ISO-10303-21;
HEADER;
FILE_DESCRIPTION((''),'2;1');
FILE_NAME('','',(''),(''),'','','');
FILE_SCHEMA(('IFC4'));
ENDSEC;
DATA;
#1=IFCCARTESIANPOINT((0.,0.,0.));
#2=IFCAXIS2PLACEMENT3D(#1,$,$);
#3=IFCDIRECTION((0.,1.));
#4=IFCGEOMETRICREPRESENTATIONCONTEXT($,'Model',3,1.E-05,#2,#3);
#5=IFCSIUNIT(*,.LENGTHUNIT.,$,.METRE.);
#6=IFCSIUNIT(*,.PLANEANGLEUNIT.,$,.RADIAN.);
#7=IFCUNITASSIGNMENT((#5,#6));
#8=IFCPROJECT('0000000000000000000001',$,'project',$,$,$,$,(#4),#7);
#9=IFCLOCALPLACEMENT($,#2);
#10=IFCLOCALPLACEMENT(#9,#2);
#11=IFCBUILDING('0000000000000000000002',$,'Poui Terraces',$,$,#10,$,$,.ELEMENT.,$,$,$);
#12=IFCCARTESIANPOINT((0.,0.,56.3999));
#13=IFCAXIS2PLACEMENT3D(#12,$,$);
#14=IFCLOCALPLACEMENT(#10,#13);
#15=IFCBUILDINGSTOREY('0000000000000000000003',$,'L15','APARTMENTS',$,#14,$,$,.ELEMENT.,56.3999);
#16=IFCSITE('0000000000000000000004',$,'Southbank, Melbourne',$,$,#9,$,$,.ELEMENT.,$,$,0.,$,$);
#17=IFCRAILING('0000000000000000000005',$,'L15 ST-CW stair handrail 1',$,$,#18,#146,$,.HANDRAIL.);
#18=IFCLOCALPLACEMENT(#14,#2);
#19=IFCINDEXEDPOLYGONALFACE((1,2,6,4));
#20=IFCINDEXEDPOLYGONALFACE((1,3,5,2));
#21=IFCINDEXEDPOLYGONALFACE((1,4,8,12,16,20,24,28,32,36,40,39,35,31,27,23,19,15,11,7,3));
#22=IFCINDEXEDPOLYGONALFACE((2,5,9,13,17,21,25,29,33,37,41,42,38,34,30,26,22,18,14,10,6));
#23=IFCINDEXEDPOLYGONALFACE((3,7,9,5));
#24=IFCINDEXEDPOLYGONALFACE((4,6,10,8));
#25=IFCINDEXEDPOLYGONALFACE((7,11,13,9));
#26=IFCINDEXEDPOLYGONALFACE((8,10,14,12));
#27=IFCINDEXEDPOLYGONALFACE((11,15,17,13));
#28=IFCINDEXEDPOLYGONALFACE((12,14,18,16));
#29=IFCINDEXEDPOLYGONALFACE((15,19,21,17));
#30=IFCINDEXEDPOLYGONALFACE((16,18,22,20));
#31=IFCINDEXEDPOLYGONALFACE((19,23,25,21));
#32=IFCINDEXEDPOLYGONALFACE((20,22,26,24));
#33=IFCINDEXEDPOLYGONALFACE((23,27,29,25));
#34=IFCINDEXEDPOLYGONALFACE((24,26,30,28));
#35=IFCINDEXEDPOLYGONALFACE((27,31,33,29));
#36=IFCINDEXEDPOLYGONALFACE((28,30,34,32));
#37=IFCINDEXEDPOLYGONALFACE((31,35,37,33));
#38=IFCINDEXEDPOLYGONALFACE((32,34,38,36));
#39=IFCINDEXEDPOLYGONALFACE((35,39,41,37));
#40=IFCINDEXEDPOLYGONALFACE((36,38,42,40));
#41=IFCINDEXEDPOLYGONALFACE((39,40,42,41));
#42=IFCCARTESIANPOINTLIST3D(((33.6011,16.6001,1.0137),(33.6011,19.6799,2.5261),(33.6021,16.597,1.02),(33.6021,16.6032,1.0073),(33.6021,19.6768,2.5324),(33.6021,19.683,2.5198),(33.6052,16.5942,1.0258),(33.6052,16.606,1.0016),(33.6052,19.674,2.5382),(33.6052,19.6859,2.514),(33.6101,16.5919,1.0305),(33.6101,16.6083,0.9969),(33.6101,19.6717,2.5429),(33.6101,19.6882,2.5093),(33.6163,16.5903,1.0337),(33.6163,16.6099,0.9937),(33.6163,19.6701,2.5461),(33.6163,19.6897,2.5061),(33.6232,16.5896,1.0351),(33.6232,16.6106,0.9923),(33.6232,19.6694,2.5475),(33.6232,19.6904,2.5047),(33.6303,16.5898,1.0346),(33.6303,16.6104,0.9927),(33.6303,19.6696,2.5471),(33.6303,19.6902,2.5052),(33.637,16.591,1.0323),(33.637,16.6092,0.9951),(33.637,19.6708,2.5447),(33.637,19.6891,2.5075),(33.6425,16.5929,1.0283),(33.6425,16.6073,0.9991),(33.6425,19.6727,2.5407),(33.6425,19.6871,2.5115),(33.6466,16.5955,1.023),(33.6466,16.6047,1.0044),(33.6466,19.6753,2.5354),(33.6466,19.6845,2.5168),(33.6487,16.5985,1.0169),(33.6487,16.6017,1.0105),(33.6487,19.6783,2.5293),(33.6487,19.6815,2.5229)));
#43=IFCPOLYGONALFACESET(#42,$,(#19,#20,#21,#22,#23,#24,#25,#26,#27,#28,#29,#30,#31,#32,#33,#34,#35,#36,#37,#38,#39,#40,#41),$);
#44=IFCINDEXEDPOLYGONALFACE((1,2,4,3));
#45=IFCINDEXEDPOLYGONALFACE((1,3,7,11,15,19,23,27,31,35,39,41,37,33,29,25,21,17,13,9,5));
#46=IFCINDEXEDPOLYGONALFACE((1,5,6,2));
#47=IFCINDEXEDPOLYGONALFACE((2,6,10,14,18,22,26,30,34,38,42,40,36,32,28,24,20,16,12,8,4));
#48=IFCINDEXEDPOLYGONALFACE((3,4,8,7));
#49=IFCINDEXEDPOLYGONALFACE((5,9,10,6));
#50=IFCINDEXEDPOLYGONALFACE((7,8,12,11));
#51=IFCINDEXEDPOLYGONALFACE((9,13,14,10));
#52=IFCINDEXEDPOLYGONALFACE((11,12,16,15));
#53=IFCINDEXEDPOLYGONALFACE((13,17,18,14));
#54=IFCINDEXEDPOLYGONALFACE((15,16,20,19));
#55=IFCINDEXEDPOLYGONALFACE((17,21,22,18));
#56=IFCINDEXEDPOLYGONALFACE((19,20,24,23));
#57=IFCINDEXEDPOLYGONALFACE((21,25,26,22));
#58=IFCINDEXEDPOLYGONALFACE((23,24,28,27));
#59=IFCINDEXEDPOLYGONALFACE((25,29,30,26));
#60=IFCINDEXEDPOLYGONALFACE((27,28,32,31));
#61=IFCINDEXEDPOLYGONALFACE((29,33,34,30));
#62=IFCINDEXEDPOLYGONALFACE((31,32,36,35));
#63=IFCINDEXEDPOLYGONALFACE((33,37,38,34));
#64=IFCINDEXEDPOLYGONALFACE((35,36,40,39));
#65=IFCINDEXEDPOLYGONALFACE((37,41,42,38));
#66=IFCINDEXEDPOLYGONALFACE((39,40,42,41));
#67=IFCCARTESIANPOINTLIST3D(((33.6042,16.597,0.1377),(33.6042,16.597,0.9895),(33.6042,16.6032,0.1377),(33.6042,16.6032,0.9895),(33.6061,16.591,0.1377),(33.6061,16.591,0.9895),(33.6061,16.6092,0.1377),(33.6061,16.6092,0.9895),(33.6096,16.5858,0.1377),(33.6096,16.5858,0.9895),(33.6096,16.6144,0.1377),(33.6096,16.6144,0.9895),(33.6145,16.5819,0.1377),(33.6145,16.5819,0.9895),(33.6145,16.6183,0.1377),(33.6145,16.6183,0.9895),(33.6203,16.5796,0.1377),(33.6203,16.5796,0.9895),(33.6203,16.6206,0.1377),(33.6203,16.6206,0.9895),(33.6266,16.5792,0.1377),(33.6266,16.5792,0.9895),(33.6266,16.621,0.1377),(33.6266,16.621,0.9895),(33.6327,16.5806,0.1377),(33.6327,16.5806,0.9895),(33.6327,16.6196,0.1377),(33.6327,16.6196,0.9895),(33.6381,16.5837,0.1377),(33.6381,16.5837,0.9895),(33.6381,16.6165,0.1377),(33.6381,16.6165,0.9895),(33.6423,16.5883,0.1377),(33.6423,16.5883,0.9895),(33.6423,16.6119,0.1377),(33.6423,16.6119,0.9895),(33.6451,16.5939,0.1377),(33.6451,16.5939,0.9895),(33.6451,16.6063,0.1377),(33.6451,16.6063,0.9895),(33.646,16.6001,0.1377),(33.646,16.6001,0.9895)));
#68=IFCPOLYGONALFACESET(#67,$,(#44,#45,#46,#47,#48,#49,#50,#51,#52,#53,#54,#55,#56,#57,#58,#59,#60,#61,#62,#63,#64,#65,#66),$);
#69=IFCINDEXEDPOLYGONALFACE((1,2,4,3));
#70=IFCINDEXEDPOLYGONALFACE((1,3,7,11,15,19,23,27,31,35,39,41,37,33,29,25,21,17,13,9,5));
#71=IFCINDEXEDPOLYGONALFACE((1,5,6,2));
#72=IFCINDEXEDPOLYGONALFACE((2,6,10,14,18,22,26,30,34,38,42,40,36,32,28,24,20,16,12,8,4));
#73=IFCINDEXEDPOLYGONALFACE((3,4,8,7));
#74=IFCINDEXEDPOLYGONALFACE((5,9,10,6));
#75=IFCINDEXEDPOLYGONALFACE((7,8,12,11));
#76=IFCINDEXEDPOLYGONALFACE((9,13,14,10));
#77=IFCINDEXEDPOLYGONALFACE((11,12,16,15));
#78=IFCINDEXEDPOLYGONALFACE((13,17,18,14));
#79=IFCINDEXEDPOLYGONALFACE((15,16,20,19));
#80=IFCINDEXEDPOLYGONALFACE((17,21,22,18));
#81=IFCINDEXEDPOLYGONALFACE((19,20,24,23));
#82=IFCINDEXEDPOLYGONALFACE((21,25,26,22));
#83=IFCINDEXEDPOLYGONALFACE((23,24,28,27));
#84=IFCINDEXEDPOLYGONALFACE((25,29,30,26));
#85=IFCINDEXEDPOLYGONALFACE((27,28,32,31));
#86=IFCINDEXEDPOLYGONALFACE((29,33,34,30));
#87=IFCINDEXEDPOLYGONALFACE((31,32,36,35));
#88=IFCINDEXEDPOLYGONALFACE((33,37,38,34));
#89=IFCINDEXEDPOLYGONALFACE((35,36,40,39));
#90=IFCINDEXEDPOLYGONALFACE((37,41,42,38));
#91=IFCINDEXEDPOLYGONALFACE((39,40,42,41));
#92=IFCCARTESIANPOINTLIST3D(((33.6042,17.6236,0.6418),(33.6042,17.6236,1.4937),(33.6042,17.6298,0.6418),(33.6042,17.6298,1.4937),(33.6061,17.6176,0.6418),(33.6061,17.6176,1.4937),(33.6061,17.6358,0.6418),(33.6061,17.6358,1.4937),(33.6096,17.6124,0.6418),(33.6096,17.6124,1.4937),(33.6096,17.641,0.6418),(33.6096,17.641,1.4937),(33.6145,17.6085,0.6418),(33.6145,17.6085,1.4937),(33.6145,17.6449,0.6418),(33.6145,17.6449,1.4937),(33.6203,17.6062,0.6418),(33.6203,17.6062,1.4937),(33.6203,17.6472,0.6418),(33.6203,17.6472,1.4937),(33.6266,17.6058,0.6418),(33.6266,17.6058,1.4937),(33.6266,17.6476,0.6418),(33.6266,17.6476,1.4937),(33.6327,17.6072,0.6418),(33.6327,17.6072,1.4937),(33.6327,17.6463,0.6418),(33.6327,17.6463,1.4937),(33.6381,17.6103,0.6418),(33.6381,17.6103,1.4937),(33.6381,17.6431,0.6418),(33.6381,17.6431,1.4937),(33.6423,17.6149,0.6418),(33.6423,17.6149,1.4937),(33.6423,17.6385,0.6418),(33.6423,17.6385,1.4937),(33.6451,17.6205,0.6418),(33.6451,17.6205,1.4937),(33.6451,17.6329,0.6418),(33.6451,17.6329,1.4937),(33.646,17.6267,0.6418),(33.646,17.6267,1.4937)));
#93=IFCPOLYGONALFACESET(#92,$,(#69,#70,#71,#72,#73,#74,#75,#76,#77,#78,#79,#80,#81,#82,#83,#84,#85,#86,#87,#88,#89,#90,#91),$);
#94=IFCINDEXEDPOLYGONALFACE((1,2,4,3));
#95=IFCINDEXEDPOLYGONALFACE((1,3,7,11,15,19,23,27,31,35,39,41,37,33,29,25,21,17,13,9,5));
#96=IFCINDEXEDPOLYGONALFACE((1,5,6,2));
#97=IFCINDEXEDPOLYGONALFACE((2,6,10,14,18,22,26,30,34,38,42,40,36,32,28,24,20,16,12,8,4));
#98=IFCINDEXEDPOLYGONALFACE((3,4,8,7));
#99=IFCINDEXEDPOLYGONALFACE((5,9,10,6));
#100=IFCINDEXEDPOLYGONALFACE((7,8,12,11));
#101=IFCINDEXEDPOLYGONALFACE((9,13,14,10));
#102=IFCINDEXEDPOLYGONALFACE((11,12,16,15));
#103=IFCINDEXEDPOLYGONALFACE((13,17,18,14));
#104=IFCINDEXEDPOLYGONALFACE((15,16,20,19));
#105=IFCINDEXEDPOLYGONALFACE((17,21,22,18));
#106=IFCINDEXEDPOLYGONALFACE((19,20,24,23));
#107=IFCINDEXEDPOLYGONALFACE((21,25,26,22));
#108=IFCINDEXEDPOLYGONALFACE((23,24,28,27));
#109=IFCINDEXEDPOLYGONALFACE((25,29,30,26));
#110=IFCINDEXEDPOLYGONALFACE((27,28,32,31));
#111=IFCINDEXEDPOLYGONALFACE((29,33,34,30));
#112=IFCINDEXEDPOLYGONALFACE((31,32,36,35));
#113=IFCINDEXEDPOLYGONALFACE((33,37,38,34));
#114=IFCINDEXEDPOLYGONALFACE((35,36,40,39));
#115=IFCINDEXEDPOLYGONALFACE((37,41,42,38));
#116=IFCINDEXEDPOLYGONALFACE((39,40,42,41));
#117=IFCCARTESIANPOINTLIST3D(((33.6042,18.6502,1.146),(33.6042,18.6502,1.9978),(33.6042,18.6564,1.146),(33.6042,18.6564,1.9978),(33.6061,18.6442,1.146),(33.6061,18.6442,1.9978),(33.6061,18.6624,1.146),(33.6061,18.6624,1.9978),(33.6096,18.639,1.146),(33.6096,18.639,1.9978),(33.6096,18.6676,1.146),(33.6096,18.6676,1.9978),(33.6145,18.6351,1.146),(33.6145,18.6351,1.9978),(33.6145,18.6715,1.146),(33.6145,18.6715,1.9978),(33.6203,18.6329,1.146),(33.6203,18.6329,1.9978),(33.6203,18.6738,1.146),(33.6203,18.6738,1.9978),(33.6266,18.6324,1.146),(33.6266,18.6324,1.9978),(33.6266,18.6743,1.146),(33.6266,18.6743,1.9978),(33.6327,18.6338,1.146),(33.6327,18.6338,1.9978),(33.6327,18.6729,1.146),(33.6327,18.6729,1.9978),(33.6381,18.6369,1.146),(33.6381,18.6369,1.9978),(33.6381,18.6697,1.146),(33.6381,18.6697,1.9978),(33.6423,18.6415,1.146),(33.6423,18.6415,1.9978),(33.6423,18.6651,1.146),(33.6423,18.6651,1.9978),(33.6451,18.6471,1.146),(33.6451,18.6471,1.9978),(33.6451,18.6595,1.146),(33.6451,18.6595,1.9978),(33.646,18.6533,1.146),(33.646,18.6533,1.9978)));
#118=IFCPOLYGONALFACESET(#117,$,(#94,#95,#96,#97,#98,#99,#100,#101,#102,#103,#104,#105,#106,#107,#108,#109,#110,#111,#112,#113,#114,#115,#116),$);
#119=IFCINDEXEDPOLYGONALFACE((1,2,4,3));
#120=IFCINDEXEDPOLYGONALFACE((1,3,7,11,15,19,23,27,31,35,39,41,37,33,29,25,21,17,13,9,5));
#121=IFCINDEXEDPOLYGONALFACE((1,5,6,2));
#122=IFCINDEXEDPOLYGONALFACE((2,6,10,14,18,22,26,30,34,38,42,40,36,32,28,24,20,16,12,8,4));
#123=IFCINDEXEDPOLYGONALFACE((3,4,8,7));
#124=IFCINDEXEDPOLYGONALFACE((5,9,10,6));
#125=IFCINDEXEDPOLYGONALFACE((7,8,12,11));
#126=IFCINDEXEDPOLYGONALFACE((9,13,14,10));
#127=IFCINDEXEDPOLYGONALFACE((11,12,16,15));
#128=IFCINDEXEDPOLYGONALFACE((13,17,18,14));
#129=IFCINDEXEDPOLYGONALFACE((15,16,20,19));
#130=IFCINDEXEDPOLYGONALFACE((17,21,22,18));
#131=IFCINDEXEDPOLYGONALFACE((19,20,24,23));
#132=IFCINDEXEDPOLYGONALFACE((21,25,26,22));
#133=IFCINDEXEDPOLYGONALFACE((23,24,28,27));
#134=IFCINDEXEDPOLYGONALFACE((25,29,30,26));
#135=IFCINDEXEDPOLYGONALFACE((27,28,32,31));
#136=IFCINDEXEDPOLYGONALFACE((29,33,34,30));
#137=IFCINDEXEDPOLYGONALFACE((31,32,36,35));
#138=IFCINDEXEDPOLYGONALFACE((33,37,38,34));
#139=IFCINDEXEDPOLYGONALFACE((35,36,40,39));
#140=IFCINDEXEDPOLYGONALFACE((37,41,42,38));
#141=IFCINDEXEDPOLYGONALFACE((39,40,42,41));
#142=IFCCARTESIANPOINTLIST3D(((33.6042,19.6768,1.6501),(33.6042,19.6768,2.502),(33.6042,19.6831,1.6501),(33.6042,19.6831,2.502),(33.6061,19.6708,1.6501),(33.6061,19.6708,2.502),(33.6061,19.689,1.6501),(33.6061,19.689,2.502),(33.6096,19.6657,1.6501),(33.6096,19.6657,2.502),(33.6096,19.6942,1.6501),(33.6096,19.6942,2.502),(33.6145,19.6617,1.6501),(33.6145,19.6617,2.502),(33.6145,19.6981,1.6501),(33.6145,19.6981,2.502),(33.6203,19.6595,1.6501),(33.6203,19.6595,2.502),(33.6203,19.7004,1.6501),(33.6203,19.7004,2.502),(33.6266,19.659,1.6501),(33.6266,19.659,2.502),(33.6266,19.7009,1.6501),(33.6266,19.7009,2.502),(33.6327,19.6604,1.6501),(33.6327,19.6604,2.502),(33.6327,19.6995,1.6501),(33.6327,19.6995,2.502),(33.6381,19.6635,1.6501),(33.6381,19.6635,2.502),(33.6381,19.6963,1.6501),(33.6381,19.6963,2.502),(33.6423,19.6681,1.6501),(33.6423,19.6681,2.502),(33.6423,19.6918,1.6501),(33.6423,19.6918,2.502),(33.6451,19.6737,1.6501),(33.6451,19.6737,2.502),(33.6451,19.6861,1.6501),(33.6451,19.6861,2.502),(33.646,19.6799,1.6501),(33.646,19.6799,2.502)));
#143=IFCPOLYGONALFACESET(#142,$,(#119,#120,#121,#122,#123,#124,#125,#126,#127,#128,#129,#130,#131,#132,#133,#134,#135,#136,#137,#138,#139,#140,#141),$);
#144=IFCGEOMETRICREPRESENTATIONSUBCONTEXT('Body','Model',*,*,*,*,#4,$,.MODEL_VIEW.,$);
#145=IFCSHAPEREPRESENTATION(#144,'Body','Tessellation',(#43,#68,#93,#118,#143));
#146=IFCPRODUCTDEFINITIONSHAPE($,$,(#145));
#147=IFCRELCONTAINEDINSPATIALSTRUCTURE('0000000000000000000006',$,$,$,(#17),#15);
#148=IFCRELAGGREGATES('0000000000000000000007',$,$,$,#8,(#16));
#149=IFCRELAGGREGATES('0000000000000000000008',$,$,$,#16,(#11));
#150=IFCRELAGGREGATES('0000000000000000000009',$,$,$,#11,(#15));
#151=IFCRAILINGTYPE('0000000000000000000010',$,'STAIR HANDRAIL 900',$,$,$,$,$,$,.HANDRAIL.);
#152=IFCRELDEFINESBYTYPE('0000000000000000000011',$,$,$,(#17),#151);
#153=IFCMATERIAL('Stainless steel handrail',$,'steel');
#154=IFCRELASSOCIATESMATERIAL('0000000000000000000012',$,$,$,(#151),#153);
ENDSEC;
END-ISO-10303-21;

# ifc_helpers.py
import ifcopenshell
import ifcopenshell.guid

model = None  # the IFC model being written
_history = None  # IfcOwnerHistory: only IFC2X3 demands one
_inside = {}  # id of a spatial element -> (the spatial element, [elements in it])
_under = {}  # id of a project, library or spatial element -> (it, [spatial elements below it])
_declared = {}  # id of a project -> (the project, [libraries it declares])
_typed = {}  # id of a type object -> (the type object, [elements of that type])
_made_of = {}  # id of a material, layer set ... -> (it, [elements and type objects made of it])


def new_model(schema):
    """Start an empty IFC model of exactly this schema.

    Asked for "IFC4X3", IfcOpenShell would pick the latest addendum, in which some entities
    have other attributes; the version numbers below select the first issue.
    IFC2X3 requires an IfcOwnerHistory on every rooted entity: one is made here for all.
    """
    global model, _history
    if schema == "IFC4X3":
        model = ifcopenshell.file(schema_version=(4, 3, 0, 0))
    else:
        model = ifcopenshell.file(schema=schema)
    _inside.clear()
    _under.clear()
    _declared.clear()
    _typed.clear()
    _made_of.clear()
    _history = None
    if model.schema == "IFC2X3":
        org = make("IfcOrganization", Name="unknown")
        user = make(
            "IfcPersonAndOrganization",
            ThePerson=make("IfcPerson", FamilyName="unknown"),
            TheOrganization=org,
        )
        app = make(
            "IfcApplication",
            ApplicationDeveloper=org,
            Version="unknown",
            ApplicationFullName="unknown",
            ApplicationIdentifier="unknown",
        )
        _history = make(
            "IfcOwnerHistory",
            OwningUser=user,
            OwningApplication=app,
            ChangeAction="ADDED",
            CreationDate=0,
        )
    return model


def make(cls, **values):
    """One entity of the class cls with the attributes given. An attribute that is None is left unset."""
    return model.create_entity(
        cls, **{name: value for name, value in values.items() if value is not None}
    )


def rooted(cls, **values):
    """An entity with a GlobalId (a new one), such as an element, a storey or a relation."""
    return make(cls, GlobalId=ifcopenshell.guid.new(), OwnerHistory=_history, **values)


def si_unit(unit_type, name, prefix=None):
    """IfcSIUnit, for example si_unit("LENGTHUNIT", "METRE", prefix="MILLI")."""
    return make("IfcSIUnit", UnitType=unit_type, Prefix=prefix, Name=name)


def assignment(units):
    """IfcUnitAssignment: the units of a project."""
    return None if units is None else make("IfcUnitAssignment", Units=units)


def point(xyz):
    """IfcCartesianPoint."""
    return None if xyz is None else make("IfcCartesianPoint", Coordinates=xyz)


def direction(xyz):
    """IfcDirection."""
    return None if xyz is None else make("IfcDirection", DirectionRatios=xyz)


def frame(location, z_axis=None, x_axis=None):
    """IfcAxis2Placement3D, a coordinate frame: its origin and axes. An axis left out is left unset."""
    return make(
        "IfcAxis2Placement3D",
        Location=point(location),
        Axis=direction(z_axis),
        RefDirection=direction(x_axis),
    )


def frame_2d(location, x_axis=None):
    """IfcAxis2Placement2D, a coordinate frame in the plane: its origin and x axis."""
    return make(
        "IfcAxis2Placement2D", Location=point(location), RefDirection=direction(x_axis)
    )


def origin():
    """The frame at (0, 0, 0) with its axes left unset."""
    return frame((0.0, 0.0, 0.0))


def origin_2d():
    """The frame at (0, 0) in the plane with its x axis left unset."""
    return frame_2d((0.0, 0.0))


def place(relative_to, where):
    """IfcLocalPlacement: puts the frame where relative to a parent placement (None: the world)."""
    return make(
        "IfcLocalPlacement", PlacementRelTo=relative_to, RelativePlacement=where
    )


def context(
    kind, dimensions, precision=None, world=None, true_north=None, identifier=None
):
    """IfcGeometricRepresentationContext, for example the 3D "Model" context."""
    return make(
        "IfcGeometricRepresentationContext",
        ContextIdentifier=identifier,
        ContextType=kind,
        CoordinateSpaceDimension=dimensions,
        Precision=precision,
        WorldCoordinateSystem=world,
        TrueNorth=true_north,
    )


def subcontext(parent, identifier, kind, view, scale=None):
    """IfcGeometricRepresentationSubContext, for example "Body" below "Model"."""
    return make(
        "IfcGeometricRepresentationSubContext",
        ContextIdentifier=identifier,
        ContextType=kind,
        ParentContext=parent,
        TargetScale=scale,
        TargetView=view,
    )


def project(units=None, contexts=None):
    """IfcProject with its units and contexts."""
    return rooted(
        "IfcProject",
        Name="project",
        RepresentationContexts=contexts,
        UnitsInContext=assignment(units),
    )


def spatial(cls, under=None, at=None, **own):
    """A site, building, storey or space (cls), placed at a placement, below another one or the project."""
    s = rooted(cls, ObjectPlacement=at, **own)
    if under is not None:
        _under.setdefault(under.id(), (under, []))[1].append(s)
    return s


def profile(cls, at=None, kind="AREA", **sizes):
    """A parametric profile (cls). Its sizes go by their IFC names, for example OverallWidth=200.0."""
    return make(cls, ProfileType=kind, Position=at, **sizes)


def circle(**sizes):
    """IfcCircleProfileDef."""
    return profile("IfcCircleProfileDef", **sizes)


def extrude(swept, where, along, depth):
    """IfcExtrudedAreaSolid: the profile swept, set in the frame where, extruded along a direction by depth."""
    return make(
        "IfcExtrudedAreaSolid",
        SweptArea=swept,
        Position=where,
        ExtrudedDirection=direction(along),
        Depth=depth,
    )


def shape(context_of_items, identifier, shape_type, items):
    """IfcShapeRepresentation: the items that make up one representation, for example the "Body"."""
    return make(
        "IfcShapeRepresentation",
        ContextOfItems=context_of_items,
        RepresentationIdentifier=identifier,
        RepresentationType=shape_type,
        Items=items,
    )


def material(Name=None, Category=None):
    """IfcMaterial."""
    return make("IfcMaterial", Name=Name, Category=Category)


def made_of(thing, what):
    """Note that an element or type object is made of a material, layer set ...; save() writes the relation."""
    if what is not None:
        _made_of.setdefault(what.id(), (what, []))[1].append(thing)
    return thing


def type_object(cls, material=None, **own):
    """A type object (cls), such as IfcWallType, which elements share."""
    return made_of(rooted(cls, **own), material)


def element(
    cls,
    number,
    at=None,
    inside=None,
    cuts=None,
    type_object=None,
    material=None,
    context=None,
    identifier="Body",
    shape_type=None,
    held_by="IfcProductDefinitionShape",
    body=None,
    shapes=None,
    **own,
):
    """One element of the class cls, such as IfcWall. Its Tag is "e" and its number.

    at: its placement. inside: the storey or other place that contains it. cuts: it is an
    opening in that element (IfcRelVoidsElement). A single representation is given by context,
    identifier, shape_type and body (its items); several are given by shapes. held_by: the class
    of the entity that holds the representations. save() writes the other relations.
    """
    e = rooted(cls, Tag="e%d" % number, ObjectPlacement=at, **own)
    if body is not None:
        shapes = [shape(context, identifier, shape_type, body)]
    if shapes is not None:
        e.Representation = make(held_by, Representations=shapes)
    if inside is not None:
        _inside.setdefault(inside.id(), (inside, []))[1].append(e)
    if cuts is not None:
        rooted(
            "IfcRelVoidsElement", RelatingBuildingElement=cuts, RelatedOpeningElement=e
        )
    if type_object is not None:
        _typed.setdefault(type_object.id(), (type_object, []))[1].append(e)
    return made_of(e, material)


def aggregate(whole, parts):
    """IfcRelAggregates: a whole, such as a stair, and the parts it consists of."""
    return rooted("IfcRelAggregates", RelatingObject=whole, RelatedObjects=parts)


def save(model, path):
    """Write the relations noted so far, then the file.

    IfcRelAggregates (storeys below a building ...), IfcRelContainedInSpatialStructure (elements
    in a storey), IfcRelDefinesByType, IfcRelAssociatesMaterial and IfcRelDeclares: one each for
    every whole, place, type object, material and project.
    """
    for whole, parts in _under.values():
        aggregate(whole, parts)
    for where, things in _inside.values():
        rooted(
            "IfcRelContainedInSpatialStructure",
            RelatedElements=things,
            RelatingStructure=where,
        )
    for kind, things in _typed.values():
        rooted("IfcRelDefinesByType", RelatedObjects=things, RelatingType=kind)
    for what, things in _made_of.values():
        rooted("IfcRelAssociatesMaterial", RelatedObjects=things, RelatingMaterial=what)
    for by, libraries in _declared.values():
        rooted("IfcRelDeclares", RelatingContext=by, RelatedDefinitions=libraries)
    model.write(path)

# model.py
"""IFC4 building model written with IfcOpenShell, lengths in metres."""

from ifc_helpers import new_model, si_unit, direction, frame, origin, origin_2d, place, context, subcontext, project, spatial, circle, extrude, material, type_object, element, save


model = new_model("IFC4")

# Units and contexts
model_context = context("Model", 3, precision=1e-05, world=origin(), true_north=direction((0.0, 1.0)))
body_context = subcontext(model_context, "Body", "Model", "MODEL_VIEW")
ifc_project = project(units=[si_unit("LENGTHUNIT", "METRE"), si_unit("PLANEANGLEUNIT", "RADIAN")], contexts=[model_context])

# Site, building, storey
site_placement = place(None, origin())
site = spatial("IfcSite", under=ifc_project, at=site_placement, Name="Southbank, Melbourne", CompositionType="ELEMENT", RefElevation=0.0)
building_placement = place(site_placement, origin())
building = spatial("IfcBuilding", under=site, at=building_placement, Name="Poui Terraces", CompositionType="ELEMENT")
storey_placement = place(building_placement, frame((0.0, 0.0, 56.3999)))
storey = spatial("IfcBuildingStorey", under=building, at=storey_placement, Name="L15", Description="APARTMENTS", CompositionType="ELEMENT", Elevation=56.3999)

# Railing
ifc_material_1 = material(Name="Stainless steel handrail", Category="steel")
railing_type_1 = type_object("IfcRailingType", Name="STAIR HANDRAIL 900", PredefinedType="HANDRAIL", material=ifc_material_1)
railing_1_placement = place(storey_placement, frame((33.625, 16.6001, 0.1377)))
element("IfcRailing", 1, at=railing_1_placement, inside=storey, type_object=railing_type_1, Name="L15 ST-CW stair handrail 1", PredefinedType="HANDRAIL", context=body_context, shape_type="SweptSolid", body=[
    extrude(circle(Radius=0.0239, at=origin_2d()), frame((0.0, 0.0, 0.876), z_axis=(0.0, 0.897606, 0.440798), x_axis=(-1.0, 0.0, 0.0)), (0.0, 0.0, 1.0), 3.4312),
    extrude(circle(Radius=0.021, at=origin_2d()), origin(), (0.0, 0.0, 1.0), 0.8518),
    extrude(circle(Radius=0.021, at=origin_2d()), frame((0.0, 1.0266, 0.5042)), (0.0, 0.0, 1.0), 0.8518),
    extrude(circle(Radius=0.021, at=origin_2d()), frame((0.0, 2.0532, 1.0083)), (0.0, 0.0, 1.0), 0.8518),
    extrude(circle(Radius=0.021, at=origin_2d()), frame((0.0, 3.0798, 1.5125)), (0.0, 0.0, 1.0), 0.8518),
])

save(model, "model.ifc")
